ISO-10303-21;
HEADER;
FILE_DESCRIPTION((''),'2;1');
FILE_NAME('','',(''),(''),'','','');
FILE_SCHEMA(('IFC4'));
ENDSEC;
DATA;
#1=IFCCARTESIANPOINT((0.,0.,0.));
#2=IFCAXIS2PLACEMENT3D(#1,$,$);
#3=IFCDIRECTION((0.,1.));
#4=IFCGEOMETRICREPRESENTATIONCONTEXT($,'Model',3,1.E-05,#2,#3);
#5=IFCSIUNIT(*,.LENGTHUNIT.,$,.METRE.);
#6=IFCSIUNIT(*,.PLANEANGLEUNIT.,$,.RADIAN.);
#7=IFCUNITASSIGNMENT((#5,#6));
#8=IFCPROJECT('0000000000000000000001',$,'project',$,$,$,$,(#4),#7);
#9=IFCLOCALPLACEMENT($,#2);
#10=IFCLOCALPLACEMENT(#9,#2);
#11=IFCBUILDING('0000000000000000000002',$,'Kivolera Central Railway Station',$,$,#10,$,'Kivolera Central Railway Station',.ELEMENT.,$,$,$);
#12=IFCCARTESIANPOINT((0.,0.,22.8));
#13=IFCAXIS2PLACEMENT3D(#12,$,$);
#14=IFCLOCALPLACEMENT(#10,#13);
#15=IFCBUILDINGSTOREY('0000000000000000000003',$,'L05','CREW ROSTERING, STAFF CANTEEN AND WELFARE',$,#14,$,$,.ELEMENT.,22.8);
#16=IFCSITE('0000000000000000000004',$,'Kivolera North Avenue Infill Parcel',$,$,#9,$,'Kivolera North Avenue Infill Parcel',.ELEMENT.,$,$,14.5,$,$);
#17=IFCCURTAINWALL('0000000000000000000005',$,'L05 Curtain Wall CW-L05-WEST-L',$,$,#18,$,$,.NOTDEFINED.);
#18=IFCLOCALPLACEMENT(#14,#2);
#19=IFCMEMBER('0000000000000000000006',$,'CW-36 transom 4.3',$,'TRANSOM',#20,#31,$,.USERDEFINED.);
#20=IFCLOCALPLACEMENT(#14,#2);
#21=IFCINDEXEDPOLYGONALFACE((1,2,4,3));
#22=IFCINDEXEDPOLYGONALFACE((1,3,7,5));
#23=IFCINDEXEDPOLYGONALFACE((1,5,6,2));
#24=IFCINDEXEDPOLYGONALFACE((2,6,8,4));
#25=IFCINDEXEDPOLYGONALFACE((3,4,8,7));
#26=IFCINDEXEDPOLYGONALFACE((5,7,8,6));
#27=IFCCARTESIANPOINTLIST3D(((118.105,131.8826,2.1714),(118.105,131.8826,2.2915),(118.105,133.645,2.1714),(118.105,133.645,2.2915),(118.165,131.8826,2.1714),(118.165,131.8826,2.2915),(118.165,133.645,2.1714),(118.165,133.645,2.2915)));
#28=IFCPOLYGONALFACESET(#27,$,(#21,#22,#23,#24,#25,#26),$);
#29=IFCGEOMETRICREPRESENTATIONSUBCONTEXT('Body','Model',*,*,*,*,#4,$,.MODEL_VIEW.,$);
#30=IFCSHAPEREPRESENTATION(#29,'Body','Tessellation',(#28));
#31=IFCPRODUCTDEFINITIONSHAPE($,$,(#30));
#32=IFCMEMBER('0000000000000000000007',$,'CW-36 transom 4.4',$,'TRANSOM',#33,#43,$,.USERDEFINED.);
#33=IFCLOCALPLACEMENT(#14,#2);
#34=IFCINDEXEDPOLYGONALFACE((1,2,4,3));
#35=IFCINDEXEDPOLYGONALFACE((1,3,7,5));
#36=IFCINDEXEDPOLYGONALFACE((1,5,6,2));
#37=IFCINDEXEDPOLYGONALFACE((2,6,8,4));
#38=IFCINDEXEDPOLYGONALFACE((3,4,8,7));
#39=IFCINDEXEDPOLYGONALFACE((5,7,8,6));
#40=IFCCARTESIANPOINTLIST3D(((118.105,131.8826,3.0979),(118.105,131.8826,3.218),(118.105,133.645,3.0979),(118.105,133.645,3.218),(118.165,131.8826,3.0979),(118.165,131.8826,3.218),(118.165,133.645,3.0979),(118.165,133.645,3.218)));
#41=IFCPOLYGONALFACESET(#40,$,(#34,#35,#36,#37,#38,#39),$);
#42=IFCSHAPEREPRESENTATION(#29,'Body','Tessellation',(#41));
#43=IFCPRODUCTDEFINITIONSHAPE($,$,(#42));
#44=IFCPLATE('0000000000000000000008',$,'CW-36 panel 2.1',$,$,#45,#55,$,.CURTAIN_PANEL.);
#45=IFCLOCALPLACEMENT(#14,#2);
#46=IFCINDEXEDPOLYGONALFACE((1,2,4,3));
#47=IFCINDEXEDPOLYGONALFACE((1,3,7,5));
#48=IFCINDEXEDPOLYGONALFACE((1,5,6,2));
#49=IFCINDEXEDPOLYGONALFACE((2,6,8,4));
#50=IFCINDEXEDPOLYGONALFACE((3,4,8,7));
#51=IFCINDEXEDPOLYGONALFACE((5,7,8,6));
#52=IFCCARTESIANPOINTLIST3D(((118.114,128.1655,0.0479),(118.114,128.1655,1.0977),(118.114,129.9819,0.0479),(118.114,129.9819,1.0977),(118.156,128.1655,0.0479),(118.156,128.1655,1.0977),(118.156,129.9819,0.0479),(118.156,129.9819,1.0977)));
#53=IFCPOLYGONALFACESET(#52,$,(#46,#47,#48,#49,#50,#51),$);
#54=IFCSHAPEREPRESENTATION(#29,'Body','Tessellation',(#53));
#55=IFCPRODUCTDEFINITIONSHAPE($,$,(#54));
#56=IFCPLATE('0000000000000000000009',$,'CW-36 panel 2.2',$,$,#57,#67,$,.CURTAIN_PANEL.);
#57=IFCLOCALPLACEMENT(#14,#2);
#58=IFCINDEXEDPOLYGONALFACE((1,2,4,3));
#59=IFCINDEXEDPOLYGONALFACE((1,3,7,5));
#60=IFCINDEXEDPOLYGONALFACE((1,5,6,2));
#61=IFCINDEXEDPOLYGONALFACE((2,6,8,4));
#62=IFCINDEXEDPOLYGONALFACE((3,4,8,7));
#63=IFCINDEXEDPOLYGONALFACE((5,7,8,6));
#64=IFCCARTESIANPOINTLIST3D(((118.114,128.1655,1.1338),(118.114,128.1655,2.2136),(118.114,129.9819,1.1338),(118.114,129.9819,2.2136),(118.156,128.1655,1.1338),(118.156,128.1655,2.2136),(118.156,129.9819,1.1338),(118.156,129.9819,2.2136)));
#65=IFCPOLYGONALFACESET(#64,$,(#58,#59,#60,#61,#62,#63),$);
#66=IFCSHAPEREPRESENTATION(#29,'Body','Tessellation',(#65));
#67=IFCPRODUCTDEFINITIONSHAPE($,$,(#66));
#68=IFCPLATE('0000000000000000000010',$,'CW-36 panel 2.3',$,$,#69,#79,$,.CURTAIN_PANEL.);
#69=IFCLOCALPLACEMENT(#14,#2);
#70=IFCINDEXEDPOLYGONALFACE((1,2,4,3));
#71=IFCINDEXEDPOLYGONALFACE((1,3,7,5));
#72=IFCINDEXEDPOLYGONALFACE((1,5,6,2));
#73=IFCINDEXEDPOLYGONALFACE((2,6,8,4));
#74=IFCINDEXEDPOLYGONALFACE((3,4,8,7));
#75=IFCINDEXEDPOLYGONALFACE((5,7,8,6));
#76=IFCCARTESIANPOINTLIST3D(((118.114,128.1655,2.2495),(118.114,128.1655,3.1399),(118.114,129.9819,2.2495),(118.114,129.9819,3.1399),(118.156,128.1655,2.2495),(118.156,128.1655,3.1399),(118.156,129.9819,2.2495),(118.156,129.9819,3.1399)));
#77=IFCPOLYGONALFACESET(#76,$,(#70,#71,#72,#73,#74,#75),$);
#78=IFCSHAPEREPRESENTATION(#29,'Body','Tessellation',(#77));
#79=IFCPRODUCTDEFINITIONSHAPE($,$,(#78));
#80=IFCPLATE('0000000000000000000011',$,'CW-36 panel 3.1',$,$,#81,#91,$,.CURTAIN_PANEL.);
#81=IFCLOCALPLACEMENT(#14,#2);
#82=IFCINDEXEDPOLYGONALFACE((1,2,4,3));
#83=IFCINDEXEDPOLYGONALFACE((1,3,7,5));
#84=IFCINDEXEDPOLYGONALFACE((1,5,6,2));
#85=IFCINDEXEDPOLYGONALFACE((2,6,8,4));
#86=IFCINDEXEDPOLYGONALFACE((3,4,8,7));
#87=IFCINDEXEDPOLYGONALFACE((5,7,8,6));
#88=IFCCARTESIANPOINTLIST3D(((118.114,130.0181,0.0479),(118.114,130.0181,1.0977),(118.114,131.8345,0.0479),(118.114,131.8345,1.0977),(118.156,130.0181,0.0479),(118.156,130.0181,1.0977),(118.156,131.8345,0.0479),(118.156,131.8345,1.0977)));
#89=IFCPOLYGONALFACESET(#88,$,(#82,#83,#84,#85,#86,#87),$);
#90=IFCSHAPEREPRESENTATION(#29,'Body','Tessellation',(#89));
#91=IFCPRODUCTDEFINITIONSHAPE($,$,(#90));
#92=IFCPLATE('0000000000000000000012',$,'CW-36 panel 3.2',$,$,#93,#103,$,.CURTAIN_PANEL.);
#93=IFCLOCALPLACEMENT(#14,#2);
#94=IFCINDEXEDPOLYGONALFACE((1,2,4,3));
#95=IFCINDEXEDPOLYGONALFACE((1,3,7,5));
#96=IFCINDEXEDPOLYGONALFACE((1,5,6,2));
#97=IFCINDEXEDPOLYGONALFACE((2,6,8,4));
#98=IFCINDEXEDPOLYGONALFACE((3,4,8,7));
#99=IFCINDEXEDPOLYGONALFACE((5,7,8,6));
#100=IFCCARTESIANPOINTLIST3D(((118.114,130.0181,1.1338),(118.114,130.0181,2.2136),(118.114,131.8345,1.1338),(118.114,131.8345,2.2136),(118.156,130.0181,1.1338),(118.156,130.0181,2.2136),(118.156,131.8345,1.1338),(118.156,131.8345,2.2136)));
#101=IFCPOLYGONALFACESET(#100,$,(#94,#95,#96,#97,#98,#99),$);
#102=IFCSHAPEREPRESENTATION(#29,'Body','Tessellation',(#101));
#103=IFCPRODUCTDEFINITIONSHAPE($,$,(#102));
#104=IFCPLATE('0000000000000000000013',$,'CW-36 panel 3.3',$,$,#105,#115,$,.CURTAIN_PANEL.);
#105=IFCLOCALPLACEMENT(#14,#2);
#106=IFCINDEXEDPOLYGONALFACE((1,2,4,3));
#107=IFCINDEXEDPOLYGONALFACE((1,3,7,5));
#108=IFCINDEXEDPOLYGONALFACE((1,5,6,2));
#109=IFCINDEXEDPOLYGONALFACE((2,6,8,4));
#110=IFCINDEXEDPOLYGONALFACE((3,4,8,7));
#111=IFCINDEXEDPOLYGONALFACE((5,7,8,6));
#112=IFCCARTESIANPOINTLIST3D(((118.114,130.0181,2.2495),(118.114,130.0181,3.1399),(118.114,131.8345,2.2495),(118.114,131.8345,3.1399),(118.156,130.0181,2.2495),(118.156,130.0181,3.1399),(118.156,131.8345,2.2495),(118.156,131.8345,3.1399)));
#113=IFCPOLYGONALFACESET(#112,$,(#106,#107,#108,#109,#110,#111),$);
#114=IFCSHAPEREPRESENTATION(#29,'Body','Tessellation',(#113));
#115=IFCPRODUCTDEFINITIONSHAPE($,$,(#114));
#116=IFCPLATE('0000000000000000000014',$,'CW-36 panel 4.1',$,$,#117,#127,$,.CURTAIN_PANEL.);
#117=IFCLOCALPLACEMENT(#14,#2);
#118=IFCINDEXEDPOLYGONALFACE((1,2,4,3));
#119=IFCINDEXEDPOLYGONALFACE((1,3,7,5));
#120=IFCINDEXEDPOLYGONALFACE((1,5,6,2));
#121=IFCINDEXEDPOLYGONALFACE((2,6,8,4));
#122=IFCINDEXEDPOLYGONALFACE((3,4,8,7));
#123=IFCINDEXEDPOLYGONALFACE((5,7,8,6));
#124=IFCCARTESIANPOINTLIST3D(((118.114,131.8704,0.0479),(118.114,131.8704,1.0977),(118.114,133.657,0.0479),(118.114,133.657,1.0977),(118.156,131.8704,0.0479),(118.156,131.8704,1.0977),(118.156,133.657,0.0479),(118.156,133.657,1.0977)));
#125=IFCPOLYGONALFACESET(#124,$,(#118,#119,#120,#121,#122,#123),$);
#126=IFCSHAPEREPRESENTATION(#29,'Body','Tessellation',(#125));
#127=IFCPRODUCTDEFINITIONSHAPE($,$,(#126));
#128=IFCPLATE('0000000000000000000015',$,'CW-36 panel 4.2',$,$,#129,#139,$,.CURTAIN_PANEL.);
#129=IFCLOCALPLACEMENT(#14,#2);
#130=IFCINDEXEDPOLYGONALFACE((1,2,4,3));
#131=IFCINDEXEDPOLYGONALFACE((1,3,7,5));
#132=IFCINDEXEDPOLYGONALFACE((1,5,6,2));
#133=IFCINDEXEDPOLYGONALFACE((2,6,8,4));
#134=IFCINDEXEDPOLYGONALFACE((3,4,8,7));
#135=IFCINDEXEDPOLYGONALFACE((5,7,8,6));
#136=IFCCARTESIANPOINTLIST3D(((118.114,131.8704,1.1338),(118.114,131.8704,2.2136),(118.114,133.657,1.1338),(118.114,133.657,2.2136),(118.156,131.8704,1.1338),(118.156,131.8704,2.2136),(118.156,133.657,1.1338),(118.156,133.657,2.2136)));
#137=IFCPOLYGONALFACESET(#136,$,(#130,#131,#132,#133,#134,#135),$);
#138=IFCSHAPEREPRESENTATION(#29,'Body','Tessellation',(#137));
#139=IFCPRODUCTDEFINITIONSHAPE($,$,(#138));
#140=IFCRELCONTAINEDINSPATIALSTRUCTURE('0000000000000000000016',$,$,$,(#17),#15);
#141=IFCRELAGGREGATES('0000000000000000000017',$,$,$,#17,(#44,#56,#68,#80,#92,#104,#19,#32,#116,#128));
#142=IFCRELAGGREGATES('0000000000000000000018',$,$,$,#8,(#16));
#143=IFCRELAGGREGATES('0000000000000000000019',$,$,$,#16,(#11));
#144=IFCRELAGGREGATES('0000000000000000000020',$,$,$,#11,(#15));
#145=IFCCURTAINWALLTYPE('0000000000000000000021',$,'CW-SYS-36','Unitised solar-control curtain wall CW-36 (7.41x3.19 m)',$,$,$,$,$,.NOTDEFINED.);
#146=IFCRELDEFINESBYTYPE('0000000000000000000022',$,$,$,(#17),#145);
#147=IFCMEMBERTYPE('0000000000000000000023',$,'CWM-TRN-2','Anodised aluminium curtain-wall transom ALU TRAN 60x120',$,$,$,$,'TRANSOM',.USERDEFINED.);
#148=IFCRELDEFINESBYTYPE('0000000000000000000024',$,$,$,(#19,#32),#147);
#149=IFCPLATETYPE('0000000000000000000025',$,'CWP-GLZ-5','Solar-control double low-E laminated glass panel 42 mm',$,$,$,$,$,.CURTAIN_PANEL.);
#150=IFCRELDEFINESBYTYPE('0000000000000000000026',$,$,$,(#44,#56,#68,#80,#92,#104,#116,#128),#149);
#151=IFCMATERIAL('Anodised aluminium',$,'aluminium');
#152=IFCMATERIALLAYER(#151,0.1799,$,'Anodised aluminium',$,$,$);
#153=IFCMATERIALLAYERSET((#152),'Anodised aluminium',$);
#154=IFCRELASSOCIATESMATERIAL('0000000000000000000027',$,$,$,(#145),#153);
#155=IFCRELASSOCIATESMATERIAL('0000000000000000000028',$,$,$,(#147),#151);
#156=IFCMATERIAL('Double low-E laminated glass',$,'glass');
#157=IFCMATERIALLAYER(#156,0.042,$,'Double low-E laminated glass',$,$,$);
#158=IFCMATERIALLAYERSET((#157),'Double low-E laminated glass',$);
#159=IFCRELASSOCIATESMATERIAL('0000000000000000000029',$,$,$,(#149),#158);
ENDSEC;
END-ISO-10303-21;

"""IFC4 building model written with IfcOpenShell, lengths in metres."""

from ifc_helpers import new_model, si_unit, direction, frame, origin, origin_2d, place, context, subcontext, project, spatial, rectangle, extrude, material, layer, layer_set, material_profile, profile_set, type_object, element, aggregate, save


model = new_model("IFC4")

# Units and contexts
model_context = context("Model", 3, precision=1e-05, world=origin(), true_north=direction((0.0, 1.0)))
body_context = subcontext(model_context, "Body", "Model", "MODEL_VIEW")
ifc_project = project(units=[si_unit("LENGTHUNIT", "METRE"), si_unit("PLANEANGLEUNIT", "RADIAN")], contexts=[model_context])

# Site, building, storey
site_placement = place(None, origin())
site = spatial("IfcSite", under=ifc_project, at=site_placement, Name="Kivolera North Avenue Infill Parcel", LongName="Kivolera North Avenue Infill Parcel", CompositionType="ELEMENT", RefElevation=14.5)
building_placement = place(site_placement, origin())
building = spatial("IfcBuilding", under=site, at=building_placement, Name="Kivolera Central Railway Station", LongName="Kivolera Central Railway Station", CompositionType="ELEMENT")
storey_placement = place(building_placement, frame((0.0, 0.0, 22.8)))
storey = spatial("IfcBuildingStorey", under=building, at=storey_placement, Name="L05", Description="CREW ROSTERING, STAFF CANTEEN AND WELFARE", CompositionType="ELEMENT", Elevation=22.8)

# Curtain wall, members, plates
ifc_material_1 = material(Name="Anodised aluminium", Category="aluminium")
ifc_layer_1 = layer(ifc_material_1, 0.1799, Name="Anodised aluminium")
ifc_layer_set_1 = layer_set([ifc_layer_1], Name="Anodised aluminium")
curtain_wall_type = type_object("IfcCurtainWallType", Name="CW-SYS-36", Description="Unitised solar-control curtain wall CW-36 (7.41x3.19 m)", PredefinedType="NOTDEFINED", material=ifc_layer_set_1)
curtain_wall_placement = place(storey_placement, origin())
curtain_wall = element("IfcCurtainWall", 1, at=curtain_wall_placement, inside=storey, type_object=curtain_wall_type, Name="L05 Curtain Wall CW-L05-WEST-L", PredefinedType="NOTDEFINED")
ifc_material_profile_1 = material_profile(ifc_material_1, rectangle(XDim=0.0601, YDim=0.1201, at=origin_2d()), Name="ALU TRAN 60x120")
ifc_profile_set_1 = profile_set([ifc_material_profile_1], Name="Anodised aluminium")
member_type_1 = type_object("IfcMemberType", Name="CWM-TRN-2", Description="Anodised aluminium curtain-wall transom ALU TRAN 60x120", ElementType="TRANSOM", PredefinedType="USERDEFINED", material=ifc_profile_set_1)
member_1_placement = place(storey_placement, frame((118.135, 131.8826, 2.2314), z_axis=(0.0, 1.0, 0.0), x_axis=(-1.0, 0.0, 0.0)))
member_1 = element("IfcMember", 2, at=member_1_placement, type_object=member_type_1, Name="CW-36 transom 4.3", ObjectType="TRANSOM", PredefinedType="USERDEFINED", context=body_context, shape_type="SweptSolid", body=[
    extrude(rectangle(XDim=0.0601, YDim=0.1201, at=origin_2d()), origin(), (0.0, 0.0, 1.0), 1.7625),
])
member_2_placement = place(storey_placement, frame((118.135, 131.8826, 3.158), z_axis=(0.0, 1.0, 0.0), x_axis=(-1.0, 0.0, 0.0)))
member_2 = element("IfcMember", 3, at=member_2_placement, type_object=member_type_1, Name="CW-36 transom 4.4", ObjectType="TRANSOM", PredefinedType="USERDEFINED", context=body_context, shape_type="SweptSolid", body=[
    extrude(rectangle(XDim=0.0601, YDim=0.1201, at=origin_2d()), origin(), (0.0, 0.0, 1.0), 1.7625),
])
ifc_material_2 = material(Name="Double low-E laminated glass", Category="glass")
ifc_layer_2 = layer(ifc_material_2, 0.042, Name="Double low-E laminated glass")
ifc_layer_set_2 = layer_set([ifc_layer_2], Name="Double low-E laminated glass")
plate_type = type_object("IfcPlateType", Name="CWP-GLZ-5", Description="Solar-control double low-E laminated glass panel 42 mm", PredefinedType="CURTAIN_PANEL", material=ifc_layer_set_2)
plate_1_placement = place(storey_placement, frame((118.135, 129.0737, 0.0479), z_axis=(0.0, 0.0, 1.0), x_axis=(0.0, 1.0, 0.0)))
plate_1 = element("IfcPlate", 4, at=plate_1_placement, type_object=plate_type, Name="CW-36 panel 2.1", PredefinedType="CURTAIN_PANEL", context=body_context, shape_type="SweptSolid", body=[
    extrude(rectangle(XDim=1.8164, YDim=0.042, at=origin_2d()), origin(), (0.0, 0.0, 1.0), 1.0498),
])
plate_2_placement = place(storey_placement, frame((118.135, 129.0737, 1.1338), z_axis=(0.0, 0.0, 1.0), x_axis=(0.0, 1.0, 0.0)))
plate_2 = element("IfcPlate", 5, at=plate_2_placement, type_object=plate_type, Name="CW-36 panel 2.2", PredefinedType="CURTAIN_PANEL", context=body_context, shape_type="SweptSolid", body=[
    extrude(rectangle(XDim=1.8164, YDim=0.042, at=origin_2d()), origin(), (0.0, 0.0, 1.0), 1.0798),
])
plate_3_placement = place(storey_placement, frame((118.135, 129.0737, 2.2495), z_axis=(0.0, 0.0, 1.0), x_axis=(0.0, 1.0, 0.0)))
plate_3 = element("IfcPlate", 6, at=plate_3_placement, type_object=plate_type, Name="CW-36 panel 2.3", PredefinedType="CURTAIN_PANEL", context=body_context, shape_type="SweptSolid", body=[
    extrude(rectangle(XDim=1.8164, YDim=0.042, at=origin_2d()), origin(), (0.0, 0.0, 1.0), 0.8904),
])
plate_4_placement = place(storey_placement, frame((118.135, 130.9263, 0.0479), z_axis=(0.0, 0.0, 1.0), x_axis=(0.0, 1.0, 0.0)))
plate_4 = element("IfcPlate", 7, at=plate_4_placement, type_object=plate_type, Name="CW-36 panel 3.1", PredefinedType="CURTAIN_PANEL", context=body_context, shape_type="SweptSolid", body=[
    extrude(rectangle(XDim=1.8164, YDim=0.042, at=origin_2d()), origin(), (0.0, 0.0, 1.0), 1.0498),
])
plate_5_placement = place(storey_placement, frame((118.135, 130.9263, 1.1338), z_axis=(0.0, 0.0, 1.0), x_axis=(0.0, 1.0, 0.0)))
plate_5 = element("IfcPlate", 8, at=plate_5_placement, type_object=plate_type, Name="CW-36 panel 3.2", PredefinedType="CURTAIN_PANEL", context=body_context, shape_type="SweptSolid", body=[
    extrude(rectangle(XDim=1.8164, YDim=0.042, at=origin_2d()), origin(), (0.0, 0.0, 1.0), 1.0798),
])
plate_6_placement = place(storey_placement, frame((118.135, 130.9263, 2.2495), z_axis=(0.0, 0.0, 1.0), x_axis=(0.0, 1.0, 0.0)))
plate_6 = element("IfcPlate", 9, at=plate_6_placement, type_object=plate_type, Name="CW-36 panel 3.3", PredefinedType="CURTAIN_PANEL", context=body_context, shape_type="SweptSolid", body=[
    extrude(rectangle(XDim=1.8164, YDim=0.042, at=origin_2d()), origin(), (0.0, 0.0, 1.0), 0.8904),
])
plate_7_placement = place(storey_placement, frame((118.135, 132.7637, 0.0479), z_axis=(0.0, 0.0, 1.0), x_axis=(0.0, 1.0, 0.0)))
plate_7 = element("IfcPlate", 10, at=plate_7_placement, type_object=plate_type, Name="CW-36 panel 4.1", PredefinedType="CURTAIN_PANEL", context=body_context, shape_type="SweptSolid", body=[
    extrude(rectangle(XDim=1.7866, YDim=0.042, at=origin_2d()), origin(), (0.0, 0.0, 1.0), 1.0498),
])
plate_8_placement = place(storey_placement, frame((118.135, 132.7637, 1.1338), z_axis=(0.0, 0.0, 1.0), x_axis=(0.0, 1.0, 0.0)))
plate_8 = element("IfcPlate", 11, at=plate_8_placement, type_object=plate_type, Name="CW-36 panel 4.2", PredefinedType="CURTAIN_PANEL", context=body_context, shape_type="SweptSolid", body=[
    extrude(rectangle(XDim=1.7866, YDim=0.042, at=origin_2d()), origin(), (0.0, 0.0, 1.0), 1.0798),
])
aggregate(curtain_wall, [plate_1, plate_2, plate_3, plate_4, plate_5, plate_6, member_1, member_2, plate_7, plate_8])

save(model, "model.ifc")
